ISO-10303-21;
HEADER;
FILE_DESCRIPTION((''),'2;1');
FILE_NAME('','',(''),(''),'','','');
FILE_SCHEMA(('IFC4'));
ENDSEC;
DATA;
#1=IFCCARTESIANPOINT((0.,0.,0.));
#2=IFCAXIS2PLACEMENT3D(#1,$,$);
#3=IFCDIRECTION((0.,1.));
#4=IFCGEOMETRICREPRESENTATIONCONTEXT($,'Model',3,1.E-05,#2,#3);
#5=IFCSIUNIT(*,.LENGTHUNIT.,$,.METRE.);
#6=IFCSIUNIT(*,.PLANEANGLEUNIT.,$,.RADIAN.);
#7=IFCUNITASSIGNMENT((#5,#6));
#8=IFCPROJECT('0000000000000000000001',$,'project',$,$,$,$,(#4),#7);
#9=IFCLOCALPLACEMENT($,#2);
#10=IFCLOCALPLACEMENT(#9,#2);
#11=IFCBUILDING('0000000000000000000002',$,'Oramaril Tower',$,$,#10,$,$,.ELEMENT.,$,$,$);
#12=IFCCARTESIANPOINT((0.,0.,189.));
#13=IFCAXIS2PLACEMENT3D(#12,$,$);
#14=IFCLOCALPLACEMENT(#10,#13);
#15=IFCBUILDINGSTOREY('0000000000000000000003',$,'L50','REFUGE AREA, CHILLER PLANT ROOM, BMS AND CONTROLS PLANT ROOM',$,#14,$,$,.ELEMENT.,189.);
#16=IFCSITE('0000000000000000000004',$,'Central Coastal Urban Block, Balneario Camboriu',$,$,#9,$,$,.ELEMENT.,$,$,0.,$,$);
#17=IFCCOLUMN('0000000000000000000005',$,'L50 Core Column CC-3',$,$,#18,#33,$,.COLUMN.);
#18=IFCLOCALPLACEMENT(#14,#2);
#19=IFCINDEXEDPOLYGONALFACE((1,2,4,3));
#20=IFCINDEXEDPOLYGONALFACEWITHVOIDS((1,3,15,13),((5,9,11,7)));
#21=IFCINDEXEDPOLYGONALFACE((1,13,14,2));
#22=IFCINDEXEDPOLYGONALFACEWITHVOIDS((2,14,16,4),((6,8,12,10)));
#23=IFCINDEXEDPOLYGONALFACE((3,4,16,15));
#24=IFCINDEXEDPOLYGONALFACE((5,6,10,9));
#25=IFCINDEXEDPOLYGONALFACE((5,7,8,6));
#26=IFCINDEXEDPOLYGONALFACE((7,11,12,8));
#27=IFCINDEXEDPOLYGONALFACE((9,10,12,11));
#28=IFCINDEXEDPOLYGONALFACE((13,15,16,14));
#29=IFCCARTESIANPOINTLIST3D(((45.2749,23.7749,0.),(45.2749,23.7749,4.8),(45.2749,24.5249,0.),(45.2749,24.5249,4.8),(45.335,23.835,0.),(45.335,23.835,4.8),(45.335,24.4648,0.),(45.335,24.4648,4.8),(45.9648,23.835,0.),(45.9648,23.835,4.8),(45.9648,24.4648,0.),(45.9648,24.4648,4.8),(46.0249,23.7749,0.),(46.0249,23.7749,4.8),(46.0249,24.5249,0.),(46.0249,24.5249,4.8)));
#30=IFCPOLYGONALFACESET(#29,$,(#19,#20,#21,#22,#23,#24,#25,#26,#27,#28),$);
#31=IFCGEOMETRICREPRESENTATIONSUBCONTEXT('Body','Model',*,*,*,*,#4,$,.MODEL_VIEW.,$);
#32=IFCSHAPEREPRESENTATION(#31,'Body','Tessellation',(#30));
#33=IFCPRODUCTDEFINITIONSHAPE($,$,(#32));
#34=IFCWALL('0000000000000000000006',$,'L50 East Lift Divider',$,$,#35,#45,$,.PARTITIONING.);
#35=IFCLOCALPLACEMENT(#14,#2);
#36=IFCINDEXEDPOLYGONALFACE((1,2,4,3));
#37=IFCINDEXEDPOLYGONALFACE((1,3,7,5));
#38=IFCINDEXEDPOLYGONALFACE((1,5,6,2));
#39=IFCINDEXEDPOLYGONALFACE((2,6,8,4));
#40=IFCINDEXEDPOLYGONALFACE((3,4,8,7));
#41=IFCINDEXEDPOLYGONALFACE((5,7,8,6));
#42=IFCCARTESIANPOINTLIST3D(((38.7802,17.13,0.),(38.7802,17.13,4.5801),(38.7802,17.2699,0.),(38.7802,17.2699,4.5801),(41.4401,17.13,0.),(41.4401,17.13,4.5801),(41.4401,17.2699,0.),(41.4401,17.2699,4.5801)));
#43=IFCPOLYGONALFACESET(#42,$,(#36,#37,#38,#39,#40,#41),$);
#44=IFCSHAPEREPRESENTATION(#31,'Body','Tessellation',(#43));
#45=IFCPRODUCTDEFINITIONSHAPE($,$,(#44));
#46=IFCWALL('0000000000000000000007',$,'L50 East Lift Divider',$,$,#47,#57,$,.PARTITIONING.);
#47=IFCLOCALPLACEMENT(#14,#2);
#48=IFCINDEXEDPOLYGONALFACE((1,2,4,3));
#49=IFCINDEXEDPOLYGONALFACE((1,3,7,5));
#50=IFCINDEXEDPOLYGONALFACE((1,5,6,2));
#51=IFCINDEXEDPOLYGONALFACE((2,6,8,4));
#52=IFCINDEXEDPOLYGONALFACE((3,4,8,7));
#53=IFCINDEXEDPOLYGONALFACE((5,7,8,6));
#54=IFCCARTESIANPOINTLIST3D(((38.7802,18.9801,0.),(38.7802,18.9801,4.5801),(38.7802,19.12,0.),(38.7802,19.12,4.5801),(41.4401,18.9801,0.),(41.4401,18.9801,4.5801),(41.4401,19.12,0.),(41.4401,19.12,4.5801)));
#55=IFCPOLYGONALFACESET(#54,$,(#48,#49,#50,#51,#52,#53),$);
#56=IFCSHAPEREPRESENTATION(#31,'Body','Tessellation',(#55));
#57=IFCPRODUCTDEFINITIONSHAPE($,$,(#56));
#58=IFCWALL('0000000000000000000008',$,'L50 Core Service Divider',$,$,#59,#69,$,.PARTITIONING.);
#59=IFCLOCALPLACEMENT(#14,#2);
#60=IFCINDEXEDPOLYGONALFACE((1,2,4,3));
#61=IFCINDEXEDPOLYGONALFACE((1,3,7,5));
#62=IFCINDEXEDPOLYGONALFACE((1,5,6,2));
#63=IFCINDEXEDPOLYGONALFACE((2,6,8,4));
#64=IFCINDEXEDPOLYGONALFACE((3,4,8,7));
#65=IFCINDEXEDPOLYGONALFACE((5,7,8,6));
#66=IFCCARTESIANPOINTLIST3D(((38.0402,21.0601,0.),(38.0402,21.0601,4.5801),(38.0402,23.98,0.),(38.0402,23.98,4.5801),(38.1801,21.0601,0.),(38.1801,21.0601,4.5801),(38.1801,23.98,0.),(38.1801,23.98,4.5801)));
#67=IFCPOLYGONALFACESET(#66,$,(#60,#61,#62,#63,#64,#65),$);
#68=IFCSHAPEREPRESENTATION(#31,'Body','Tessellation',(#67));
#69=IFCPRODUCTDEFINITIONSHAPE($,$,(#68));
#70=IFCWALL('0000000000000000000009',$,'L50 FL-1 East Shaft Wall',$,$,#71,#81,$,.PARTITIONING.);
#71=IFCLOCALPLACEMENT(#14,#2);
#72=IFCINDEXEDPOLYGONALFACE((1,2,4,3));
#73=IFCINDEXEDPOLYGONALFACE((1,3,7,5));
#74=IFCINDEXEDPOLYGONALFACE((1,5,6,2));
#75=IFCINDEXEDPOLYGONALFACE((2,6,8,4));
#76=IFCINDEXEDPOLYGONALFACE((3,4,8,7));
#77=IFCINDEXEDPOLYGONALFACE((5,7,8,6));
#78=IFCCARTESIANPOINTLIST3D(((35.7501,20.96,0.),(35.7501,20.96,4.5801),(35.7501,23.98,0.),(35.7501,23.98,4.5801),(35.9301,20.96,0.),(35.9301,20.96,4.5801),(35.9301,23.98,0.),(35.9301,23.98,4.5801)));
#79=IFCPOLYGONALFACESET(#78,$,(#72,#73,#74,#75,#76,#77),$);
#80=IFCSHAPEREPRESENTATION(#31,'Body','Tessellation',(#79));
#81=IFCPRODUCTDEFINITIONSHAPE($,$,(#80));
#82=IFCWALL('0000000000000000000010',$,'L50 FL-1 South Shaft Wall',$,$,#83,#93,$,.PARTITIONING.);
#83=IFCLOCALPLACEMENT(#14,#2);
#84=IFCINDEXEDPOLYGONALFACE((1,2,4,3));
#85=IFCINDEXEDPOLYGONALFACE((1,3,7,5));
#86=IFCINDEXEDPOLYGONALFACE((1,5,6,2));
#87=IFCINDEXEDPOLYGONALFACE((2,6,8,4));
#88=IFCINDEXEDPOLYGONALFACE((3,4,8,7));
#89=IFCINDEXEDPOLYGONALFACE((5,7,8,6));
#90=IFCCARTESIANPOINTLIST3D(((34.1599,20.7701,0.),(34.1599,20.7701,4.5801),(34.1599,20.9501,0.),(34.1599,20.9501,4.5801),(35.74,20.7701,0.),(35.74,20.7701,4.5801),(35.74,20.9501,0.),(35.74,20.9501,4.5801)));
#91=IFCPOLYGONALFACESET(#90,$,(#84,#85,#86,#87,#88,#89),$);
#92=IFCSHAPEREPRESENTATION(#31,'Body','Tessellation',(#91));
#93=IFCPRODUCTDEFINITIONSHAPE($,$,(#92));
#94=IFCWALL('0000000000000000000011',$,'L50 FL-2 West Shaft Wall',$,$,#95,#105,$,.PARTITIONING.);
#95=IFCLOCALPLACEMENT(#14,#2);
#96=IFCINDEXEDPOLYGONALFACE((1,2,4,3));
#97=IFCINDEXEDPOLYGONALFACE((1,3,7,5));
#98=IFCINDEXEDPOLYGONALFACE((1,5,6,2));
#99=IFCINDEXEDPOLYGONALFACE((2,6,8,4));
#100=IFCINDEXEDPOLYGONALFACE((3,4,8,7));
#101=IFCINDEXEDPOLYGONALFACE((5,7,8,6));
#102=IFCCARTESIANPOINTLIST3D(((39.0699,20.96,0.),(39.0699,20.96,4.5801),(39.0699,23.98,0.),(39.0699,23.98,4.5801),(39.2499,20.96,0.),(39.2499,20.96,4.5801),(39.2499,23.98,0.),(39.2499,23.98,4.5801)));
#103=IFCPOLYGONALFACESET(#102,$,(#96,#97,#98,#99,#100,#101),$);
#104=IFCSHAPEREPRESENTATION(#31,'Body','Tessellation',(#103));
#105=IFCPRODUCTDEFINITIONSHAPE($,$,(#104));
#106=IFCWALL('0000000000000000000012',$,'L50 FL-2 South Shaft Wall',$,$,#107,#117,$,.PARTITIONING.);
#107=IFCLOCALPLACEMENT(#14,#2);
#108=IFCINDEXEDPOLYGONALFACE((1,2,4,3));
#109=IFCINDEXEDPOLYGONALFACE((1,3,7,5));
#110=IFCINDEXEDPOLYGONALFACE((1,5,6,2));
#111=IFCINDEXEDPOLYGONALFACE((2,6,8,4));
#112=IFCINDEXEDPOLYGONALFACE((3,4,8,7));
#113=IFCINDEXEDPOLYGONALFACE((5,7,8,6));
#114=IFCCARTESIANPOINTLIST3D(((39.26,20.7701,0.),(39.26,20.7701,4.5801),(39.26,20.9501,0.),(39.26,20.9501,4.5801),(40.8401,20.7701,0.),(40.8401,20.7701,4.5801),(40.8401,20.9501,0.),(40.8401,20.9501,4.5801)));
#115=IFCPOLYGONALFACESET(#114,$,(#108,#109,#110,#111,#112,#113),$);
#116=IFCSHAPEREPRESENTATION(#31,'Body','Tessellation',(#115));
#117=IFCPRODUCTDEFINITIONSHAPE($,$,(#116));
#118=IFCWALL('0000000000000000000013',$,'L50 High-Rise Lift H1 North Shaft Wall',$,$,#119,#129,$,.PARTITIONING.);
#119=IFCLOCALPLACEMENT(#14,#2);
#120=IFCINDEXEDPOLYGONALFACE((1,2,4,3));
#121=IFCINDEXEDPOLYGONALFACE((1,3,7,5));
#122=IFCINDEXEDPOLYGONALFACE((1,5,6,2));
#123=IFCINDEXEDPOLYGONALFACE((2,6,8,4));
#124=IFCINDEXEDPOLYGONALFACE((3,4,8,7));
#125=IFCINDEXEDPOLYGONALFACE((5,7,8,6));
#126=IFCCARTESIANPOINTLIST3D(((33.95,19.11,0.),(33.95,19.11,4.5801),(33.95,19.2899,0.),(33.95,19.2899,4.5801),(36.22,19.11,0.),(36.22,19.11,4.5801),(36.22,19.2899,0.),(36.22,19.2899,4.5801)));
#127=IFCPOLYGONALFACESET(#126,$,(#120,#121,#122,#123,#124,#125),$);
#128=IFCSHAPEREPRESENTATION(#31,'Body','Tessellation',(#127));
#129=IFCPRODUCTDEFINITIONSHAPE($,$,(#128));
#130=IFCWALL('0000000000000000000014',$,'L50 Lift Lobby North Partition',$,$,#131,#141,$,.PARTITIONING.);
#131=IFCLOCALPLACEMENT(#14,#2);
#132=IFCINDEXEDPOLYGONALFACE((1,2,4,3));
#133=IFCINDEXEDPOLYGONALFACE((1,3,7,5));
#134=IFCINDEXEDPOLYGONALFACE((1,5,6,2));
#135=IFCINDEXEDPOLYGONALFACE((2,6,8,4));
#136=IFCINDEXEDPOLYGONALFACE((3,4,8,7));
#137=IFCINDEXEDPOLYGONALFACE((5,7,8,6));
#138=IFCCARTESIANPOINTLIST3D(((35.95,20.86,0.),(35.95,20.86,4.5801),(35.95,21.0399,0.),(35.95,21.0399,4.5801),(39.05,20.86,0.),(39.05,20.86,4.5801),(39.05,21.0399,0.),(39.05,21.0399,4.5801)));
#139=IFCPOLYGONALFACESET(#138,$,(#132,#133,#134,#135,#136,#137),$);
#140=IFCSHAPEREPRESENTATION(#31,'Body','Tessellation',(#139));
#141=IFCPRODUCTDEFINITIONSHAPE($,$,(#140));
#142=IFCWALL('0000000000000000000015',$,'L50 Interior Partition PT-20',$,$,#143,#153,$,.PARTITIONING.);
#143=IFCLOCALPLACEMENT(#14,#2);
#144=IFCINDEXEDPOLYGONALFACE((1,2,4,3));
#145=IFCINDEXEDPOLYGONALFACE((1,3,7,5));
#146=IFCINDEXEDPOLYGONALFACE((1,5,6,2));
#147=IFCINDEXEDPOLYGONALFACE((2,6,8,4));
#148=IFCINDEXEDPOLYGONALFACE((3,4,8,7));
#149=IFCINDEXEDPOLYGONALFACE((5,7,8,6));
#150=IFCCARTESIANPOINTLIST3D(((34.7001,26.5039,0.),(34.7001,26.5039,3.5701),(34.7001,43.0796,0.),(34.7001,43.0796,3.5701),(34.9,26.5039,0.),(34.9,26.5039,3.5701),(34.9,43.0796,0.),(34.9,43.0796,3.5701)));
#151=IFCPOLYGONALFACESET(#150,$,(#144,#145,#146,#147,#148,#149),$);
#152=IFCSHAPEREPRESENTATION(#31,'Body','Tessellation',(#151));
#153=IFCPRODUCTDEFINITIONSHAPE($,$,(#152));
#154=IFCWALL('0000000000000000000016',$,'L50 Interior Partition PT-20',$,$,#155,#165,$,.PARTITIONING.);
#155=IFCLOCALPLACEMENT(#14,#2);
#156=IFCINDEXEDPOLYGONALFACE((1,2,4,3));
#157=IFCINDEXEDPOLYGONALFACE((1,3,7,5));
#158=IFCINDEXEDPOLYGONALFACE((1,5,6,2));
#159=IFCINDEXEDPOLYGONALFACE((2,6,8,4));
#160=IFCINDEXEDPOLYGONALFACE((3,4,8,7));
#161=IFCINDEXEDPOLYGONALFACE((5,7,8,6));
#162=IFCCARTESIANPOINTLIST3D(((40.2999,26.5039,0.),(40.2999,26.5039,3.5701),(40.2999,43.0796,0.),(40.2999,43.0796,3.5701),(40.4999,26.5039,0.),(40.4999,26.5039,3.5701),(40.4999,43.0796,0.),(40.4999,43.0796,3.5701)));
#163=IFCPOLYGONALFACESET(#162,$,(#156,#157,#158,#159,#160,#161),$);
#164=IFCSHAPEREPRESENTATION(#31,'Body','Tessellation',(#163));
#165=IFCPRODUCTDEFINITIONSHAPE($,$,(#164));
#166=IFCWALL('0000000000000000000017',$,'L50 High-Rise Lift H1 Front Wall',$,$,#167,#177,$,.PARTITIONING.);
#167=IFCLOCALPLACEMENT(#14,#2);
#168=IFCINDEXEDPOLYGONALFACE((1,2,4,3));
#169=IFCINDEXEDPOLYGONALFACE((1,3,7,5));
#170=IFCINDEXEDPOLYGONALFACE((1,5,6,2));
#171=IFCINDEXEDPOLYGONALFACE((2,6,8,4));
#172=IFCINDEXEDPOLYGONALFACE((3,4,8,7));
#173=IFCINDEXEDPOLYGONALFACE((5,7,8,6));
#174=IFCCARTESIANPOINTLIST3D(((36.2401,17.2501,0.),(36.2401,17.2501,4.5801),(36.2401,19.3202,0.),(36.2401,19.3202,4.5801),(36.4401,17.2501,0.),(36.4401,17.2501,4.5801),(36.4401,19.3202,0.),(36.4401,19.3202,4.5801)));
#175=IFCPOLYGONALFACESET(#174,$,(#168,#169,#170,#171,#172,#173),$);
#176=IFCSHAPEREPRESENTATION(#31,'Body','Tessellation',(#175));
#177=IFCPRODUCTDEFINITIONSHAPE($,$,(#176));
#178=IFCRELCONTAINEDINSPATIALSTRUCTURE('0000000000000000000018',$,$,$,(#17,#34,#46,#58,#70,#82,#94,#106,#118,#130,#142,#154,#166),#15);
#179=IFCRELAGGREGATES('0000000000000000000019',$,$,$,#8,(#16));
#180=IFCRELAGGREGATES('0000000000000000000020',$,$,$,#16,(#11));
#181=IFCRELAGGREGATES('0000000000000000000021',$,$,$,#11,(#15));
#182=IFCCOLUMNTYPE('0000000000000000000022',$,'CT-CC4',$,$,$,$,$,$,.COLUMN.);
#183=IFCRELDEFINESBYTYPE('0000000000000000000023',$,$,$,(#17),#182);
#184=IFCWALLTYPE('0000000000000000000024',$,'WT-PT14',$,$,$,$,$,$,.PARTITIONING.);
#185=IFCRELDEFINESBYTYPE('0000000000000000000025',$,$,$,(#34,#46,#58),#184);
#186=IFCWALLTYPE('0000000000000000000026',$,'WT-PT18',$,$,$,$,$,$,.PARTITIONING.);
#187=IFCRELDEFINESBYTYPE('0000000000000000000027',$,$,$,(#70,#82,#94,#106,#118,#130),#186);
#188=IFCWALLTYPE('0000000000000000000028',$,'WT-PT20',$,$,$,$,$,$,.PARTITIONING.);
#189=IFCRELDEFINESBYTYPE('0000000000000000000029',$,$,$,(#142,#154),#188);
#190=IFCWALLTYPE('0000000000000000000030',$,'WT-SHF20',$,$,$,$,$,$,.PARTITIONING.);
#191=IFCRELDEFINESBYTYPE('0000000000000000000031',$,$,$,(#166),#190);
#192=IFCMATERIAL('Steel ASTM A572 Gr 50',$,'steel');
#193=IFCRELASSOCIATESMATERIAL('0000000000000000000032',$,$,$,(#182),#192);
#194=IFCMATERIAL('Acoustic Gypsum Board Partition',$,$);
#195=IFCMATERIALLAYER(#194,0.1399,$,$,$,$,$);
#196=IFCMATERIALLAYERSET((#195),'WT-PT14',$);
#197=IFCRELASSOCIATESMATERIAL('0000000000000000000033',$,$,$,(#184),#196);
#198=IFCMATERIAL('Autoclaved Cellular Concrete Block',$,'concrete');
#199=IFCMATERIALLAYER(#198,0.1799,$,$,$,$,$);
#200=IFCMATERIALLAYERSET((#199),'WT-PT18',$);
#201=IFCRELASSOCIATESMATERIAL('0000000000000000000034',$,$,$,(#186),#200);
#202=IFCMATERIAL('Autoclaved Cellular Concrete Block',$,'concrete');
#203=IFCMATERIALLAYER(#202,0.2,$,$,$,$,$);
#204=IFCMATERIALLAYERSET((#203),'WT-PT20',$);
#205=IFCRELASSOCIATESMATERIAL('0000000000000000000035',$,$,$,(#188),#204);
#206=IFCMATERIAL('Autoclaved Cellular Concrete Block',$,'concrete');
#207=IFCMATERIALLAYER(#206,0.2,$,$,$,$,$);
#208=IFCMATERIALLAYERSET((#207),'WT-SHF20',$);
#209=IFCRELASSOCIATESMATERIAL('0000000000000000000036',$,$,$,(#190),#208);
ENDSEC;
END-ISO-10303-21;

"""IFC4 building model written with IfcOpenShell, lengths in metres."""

from ifc_helpers import new_model, si_unit, direction, frame, frame_2d, origin, origin_2d, place, context, subcontext, project, spatial, rectangle, hollow_rectangle, extrude, material, layer, layer_set, material_profile, profile_set, type_object, element, save


model = new_model("IFC4")

# Units and contexts
model_context = context("Model", 3, precision=1e-05, world=origin(), true_north=direction((0.0, 1.0)))
body_context = subcontext(model_context, "Body", "Model", "MODEL_VIEW")
ifc_project = project(units=[si_unit("LENGTHUNIT", "METRE"), si_unit("PLANEANGLEUNIT", "RADIAN")], contexts=[model_context])

# Site, building, storey
site_placement = place(None, origin())
site = spatial("IfcSite", under=ifc_project, at=site_placement, Name="Central Coastal Urban Block, Balneario Camboriu", CompositionType="ELEMENT", RefElevation=0.0)
building_placement = place(site_placement, origin())
building = spatial("IfcBuilding", under=site, at=building_placement, Name="Oramaril Tower", CompositionType="ELEMENT")
storey_placement = place(building_placement, frame((0.0, 0.0, 189.0)))
storey = spatial("IfcBuildingStorey", under=building, at=storey_placement, Name="L50", Description="REFUGE AREA, CHILLER PLANT ROOM, BMS AND CONTROLS PLANT ROOM", CompositionType="ELEMENT", Elevation=189.0)

# Column
ifc_material_1 = material(Name="Steel ASTM A572 Gr 50", Category="steel")
ifc_material_profile = material_profile(ifc_material_1, hollow_rectangle(XDim=0.75, YDim=0.75, WallThickness=0.0601, at=origin_2d()), Name="BOX750X750X60")
ifc_profile_set = profile_set([ifc_material_profile], Name="Steel ASTM A572 Gr 50")
column_type = type_object("IfcColumnType", Name="CT-CC4", PredefinedType="COLUMN", material=ifc_profile_set)
column_placement = place(storey_placement, frame((45.6499, 24.1499, 0.0), z_axis=(0.0, 0.0, 1.0), x_axis=(1.0, 0.0, 0.0)))
element("IfcColumn", 1, at=column_placement, inside=storey, type_object=column_type, Name="L50 Core Column CC-3", PredefinedType="COLUMN", context=body_context, shape_type="SweptSolid", body=[
    extrude(hollow_rectangle(XDim=0.75, YDim=0.75, WallThickness=0.0601, at=origin_2d()), origin(), (0.0, 0.0, 1.0), 4.8),
])

# Walls
ifc_material_2 = material(Name="Acoustic Gypsum Board Partition")
ifc_layer_1 = layer(ifc_material_2, 0.1399)
ifc_layer_set_1 = layer_set([ifc_layer_1], Name="WT-PT14")
wall_type_1 = type_object("IfcWallType", Name="WT-PT14", PredefinedType="PARTITIONING", material=ifc_layer_set_1)
for number, where, z_axis, x_axis, name in (
    (2, (38.78, 17.2, 0.0), (0.0, 0.0, 1.0), (1.0, 0.0, 0.0), "L50 East Lift Divider"),
    (3, (38.78, 19.05, 0.0), (0.0, 0.0, 1.0), (1.0, 0.0, 0.0), "L50 East Lift Divider"),
):
    element("IfcWall", number, at=place(storey_placement, frame(where, z_axis=z_axis, x_axis=x_axis)), inside=storey, type_object=wall_type_1, Name=name, PredefinedType="PARTITIONING", context=body_context, shape_type="SweptSolid", body=[
        extrude(rectangle(XDim=2.6599, YDim=0.1399, at=frame_2d((1.3301, 0.0))), origin(), (0.0, 0.0, 1.0), 4.5801),
    ])
wall_1_placement = place(storey_placement, frame((38.1101, 21.0601, 0.0), z_axis=(0.0, 0.0, 1.0), x_axis=(0.0, 1.0, 0.0)))
element("IfcWall", 4, at=wall_1_placement, inside=storey, type_object=wall_type_1, Name="L50 Core Service Divider", PredefinedType="PARTITIONING", context=body_context, shape_type="SweptSolid", body=[
    extrude(rectangle(XDim=2.9199, YDim=0.1399, at=frame_2d((1.46, 0.0))), origin(), (0.0, 0.0, 1.0), 4.5801),
])
ifc_material_3 = material(Name="Autoclaved Cellular Concrete Block", Category="concrete")
ifc_layer_2 = layer(ifc_material_3, 0.1799)
ifc_layer_set_2 = layer_set([ifc_layer_2], Name="WT-PT18")
wall_type_2 = type_object("IfcWallType", Name="WT-PT18", PredefinedType="PARTITIONING", material=ifc_layer_set_2)
wall_2_placement = place(storey_placement, frame((35.8401, 20.96, 0.0), z_axis=(0.0, 0.0, 1.0), x_axis=(0.0, 1.0, 0.0)))
element("IfcWall", 5, at=wall_2_placement, inside=storey, type_object=wall_type_2, Name="L50 FL-1 East Shaft Wall", PredefinedType="PARTITIONING", context=body_context, shape_type="SweptSolid", body=[
    extrude(rectangle(XDim=3.02, YDim=0.1799, at=frame_2d((1.51, 0.0))), origin(), (0.0, 0.0, 1.0), 4.5801),
])
wall_3_placement = place(storey_placement, frame((34.1599, 20.8601, 0.0), z_axis=(0.0, 0.0, 1.0), x_axis=(1.0, 0.0, 0.0)))
element("IfcWall", 6, at=wall_3_placement, inside=storey, type_object=wall_type_2, Name="L50 FL-1 South Shaft Wall", PredefinedType="PARTITIONING", context=body_context, shape_type="SweptSolid", body=[
    extrude(rectangle(XDim=1.5801, YDim=0.1799, at=frame_2d((0.79, 0.0))), origin(), (0.0, 0.0, 1.0), 4.5801),
])
wall_4_placement = place(storey_placement, frame((39.1599, 20.96, 0.0), z_axis=(0.0, 0.0, 1.0), x_axis=(0.0, 1.0, 0.0)))
element("IfcWall", 7, at=wall_4_placement, inside=storey, type_object=wall_type_2, Name="L50 FL-2 West Shaft Wall", PredefinedType="PARTITIONING", context=body_context, shape_type="SweptSolid", body=[
    extrude(rectangle(XDim=3.02, YDim=0.1799, at=frame_2d((1.51, 0.0))), origin(), (0.0, 0.0, 1.0), 4.5801),
])
wall_5_placement = place(storey_placement, frame((39.26, 20.8601, 0.0), z_axis=(0.0, 0.0, 1.0), x_axis=(1.0, 0.0, 0.0)))
element("IfcWall", 8, at=wall_5_placement, inside=storey, type_object=wall_type_2, Name="L50 FL-2 South Shaft Wall", PredefinedType="PARTITIONING", context=body_context, shape_type="SweptSolid", body=[
    extrude(rectangle(XDim=1.5801, YDim=0.1799, at=frame_2d((0.79, 0.0))), origin(), (0.0, 0.0, 1.0), 4.5801),
])
wall_6_placement = place(storey_placement, frame((33.95, 19.2, 0.0), z_axis=(0.0, 0.0, 1.0), x_axis=(1.0, 0.0, 0.0)))
element("IfcWall", 9, at=wall_6_placement, inside=storey, type_object=wall_type_2, Name="L50 High-Rise Lift H1 North Shaft Wall", PredefinedType="PARTITIONING", context=body_context, shape_type="SweptSolid", body=[
    extrude(rectangle(XDim=2.27, YDim=0.1799, at=frame_2d((1.135, 0.0))), origin(), (0.0, 0.0, 1.0), 4.5801),
])
wall_7_placement = place(storey_placement, frame((35.95, 20.95, 0.0), z_axis=(0.0, 0.0, 1.0), x_axis=(1.0, 0.0, 0.0)))
element("IfcWall", 10, at=wall_7_placement, inside=storey, type_object=wall_type_2, Name="L50 Lift Lobby North Partition", PredefinedType="PARTITIONING", context=body_context, shape_type="SweptSolid", body=[
    extrude(rectangle(XDim=3.1001, YDim=0.1799, at=frame_2d((1.55, 0.0))), origin(), (0.0, 0.0, 1.0), 4.5801),
])
ifc_material_4 = material(Name="Autoclaved Cellular Concrete Block", Category="concrete")
ifc_layer_3 = layer(ifc_material_4, 0.2)
ifc_layer_set_3 = layer_set([ifc_layer_3], Name="WT-PT20")
wall_type_3 = type_object("IfcWallType", Name="WT-PT20", PredefinedType="PARTITIONING", material=ifc_layer_set_3)
for number, where, z_axis, x_axis, name in (
    (11, (34.8, 26.5039, 0.0), (0.0, 0.0, 1.0), (0.0, 1.0, 0.0), "L50 Interior Partition PT-20"),
    (12, (40.3999, 26.5039, 0.0), (0.0, 0.0, 1.0), (0.0, 1.0, 0.0), "L50 Interior Partition PT-20"),
):
    element("IfcWall", number, at=place(storey_placement, frame(where, z_axis=z_axis, x_axis=x_axis)), inside=storey, type_object=wall_type_3, Name=name, PredefinedType="PARTITIONING", context=body_context, shape_type="SweptSolid", body=[
        extrude(rectangle(XDim=16.5757, YDim=0.2, at=frame_2d((8.2878, 0.0))), origin(), (0.0, 0.0, 1.0), 3.5701),
    ])

# Shared definitions
ifc_material_5 = material(Name="Autoclaved Cellular Concrete Block", Category="concrete")
ifc_layer_4 = layer(ifc_material_5, 0.2)
ifc_layer_set_4 = layer_set([ifc_layer_4], Name="WT-SHF20")
wall_type_4 = type_object("IfcWallType", Name="WT-SHF20", PredefinedType="PARTITIONING", material=ifc_layer_set_4)

# Wall
wall_8_placement = place(storey_placement, frame((36.3401, 17.25, 0.0), z_axis=(0.0, 0.0, 1.0), x_axis=(0.0, 1.0, 0.0)))
element("IfcWall", 13, at=wall_8_placement, inside=storey, type_object=wall_type_4, Name="L50 High-Rise Lift H1 Front Wall", PredefinedType="PARTITIONING", context=body_context, shape_type="SweptSolid", body=[
    extrude(rectangle(XDim=2.0701, YDim=0.2, at=frame_2d((1.0352, 0.0))), origin(), (0.0, 0.0, 1.0), 4.5801),
])

save(model, "model.ifc")
